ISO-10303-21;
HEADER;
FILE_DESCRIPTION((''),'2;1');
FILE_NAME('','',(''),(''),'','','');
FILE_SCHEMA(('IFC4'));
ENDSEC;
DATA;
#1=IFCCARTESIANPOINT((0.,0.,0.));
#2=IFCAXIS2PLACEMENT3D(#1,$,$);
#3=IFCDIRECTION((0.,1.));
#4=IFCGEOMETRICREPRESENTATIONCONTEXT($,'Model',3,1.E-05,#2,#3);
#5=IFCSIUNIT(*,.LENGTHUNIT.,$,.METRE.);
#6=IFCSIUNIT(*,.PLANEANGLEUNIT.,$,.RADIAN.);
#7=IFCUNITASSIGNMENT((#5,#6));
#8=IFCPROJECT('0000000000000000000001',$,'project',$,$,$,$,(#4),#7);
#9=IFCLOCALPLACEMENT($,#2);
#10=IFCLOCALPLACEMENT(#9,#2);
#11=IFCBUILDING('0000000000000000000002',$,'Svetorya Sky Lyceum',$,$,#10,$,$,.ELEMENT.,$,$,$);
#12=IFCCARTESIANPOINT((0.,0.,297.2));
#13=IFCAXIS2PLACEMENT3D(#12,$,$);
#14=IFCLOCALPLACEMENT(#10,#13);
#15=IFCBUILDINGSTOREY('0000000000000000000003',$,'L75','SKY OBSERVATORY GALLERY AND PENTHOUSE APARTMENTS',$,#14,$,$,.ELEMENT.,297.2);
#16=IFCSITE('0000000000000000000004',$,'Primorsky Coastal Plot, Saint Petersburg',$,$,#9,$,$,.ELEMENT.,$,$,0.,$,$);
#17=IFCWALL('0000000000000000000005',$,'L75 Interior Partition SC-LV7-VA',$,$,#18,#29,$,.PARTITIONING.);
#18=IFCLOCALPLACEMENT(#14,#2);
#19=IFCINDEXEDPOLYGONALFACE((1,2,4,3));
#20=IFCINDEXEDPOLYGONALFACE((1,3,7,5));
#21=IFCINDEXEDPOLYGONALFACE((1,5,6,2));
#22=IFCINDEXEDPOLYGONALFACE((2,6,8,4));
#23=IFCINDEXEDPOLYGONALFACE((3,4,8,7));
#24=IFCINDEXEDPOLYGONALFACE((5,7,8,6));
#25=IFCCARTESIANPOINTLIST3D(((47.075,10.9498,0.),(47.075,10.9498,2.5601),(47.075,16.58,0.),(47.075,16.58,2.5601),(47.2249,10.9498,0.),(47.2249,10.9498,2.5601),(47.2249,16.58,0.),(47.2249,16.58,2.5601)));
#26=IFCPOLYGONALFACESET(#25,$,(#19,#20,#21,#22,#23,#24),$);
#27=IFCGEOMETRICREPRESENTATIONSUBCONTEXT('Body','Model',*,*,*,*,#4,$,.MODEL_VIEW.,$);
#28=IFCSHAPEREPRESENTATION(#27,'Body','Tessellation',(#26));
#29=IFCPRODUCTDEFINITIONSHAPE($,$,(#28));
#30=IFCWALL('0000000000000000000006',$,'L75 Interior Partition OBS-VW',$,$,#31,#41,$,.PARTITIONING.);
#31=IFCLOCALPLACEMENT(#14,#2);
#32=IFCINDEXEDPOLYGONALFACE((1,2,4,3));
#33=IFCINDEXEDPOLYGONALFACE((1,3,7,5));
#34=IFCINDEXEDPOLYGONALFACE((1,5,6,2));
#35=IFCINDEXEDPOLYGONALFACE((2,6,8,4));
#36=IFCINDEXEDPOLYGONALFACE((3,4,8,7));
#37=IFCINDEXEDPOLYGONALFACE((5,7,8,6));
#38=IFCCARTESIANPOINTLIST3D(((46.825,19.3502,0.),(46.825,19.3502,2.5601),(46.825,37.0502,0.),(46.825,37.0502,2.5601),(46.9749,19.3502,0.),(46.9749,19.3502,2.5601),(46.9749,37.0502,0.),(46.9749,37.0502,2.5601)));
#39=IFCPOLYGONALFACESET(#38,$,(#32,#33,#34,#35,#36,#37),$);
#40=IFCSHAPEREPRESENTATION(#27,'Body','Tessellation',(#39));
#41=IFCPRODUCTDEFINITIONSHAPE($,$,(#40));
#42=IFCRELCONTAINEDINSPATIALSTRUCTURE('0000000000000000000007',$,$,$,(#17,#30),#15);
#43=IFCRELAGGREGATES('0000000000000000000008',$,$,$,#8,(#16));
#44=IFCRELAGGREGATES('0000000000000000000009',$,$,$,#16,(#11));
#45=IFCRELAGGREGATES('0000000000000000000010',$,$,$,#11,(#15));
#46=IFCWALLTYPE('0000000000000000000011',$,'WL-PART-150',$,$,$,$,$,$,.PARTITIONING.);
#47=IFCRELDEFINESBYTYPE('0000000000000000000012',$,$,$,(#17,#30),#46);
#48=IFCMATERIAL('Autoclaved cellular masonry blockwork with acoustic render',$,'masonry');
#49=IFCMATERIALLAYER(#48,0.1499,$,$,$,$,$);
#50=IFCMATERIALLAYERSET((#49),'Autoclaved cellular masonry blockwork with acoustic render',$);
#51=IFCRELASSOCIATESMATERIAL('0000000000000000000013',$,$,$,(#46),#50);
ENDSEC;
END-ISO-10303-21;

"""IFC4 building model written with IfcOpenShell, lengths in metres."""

from ifc_helpers import new_model, si_unit, direction, frame, frame_2d, origin, place, context, subcontext, project, spatial, rectangle, extrude, material, layer, layer_set, type_object, element, save


model = new_model("IFC4")

# Units and contexts
model_context = context("Model", 3, precision=1e-05, world=origin(), true_north=direction((0.0, 1.0)))
body_context = subcontext(model_context, "Body", "Model", "MODEL_VIEW")
ifc_project = project(units=[si_unit("LENGTHUNIT", "METRE"), si_unit("PLANEANGLEUNIT", "RADIAN")], contexts=[model_context])

# Site, building, storey
site_placement = place(None, origin())
site = spatial("IfcSite", under=ifc_project, at=site_placement, Name="Primorsky Coastal Plot, Saint Petersburg", CompositionType="ELEMENT", RefElevation=0.0)
building_placement = place(site_placement, origin())
building = spatial("IfcBuilding", under=site, at=building_placement, Name="Svetorya Sky Lyceum", CompositionType="ELEMENT")
storey_placement = place(building_placement, frame((0.0, 0.0, 297.2)))
storey = spatial("IfcBuildingStorey", under=building, at=storey_placement, Name="L75", Description="SKY OBSERVATORY GALLERY AND PENTHOUSE APARTMENTS", CompositionType="ELEMENT", Elevation=297.2)

# Walls
ifc_material_1 = material(Name="Autoclaved cellular masonry blockwork with acoustic render", Category="masonry")
ifc_layer_1 = layer(ifc_material_1, 0.1499)
ifc_layer_set_1 = layer_set([ifc_layer_1], Name="Autoclaved cellular masonry blockwork with acoustic render")
wall_type_1 = type_object("IfcWallType", Name="WL-PART-150", PredefinedType="PARTITIONING", material=ifc_layer_set_1)
wall_1_placement = place(storey_placement, frame((47.1499, 10.95, 0.0), z_axis=(0.0, 0.0, 1.0), x_axis=(0.0, 1.0, 0.0)))
element("IfcWall", 1, at=wall_1_placement, inside=storey, type_object=wall_type_1, Name="L75 Interior Partition SC-LV7-VA", PredefinedType="PARTITIONING", context=body_context, shape_type="SweptSolid", body=[
    extrude(rectangle(XDim=5.6301, YDim=0.1499, at=frame_2d((2.8149, 0.0))), origin(), (0.0, 0.0, 1.0), 2.5601),
])
wall_2_placement = place(storey_placement, frame((46.8999, 19.3501, 0.0), z_axis=(0.0, 0.0, 1.0), x_axis=(0.0, 1.0, 0.0)))
element("IfcWall", 2, at=wall_2_placement, inside=storey, type_object=wall_type_1, Name="L75 Interior Partition OBS-VW", PredefinedType="PARTITIONING", context=body_context, shape_type="SweptSolid", body=[
    extrude(rectangle(XDim=17.7, YDim=0.1499, at=frame_2d((8.8501, 0.0))), origin(), (0.0, 0.0, 1.0), 2.5601),
])

save(model, "model.ifc")
